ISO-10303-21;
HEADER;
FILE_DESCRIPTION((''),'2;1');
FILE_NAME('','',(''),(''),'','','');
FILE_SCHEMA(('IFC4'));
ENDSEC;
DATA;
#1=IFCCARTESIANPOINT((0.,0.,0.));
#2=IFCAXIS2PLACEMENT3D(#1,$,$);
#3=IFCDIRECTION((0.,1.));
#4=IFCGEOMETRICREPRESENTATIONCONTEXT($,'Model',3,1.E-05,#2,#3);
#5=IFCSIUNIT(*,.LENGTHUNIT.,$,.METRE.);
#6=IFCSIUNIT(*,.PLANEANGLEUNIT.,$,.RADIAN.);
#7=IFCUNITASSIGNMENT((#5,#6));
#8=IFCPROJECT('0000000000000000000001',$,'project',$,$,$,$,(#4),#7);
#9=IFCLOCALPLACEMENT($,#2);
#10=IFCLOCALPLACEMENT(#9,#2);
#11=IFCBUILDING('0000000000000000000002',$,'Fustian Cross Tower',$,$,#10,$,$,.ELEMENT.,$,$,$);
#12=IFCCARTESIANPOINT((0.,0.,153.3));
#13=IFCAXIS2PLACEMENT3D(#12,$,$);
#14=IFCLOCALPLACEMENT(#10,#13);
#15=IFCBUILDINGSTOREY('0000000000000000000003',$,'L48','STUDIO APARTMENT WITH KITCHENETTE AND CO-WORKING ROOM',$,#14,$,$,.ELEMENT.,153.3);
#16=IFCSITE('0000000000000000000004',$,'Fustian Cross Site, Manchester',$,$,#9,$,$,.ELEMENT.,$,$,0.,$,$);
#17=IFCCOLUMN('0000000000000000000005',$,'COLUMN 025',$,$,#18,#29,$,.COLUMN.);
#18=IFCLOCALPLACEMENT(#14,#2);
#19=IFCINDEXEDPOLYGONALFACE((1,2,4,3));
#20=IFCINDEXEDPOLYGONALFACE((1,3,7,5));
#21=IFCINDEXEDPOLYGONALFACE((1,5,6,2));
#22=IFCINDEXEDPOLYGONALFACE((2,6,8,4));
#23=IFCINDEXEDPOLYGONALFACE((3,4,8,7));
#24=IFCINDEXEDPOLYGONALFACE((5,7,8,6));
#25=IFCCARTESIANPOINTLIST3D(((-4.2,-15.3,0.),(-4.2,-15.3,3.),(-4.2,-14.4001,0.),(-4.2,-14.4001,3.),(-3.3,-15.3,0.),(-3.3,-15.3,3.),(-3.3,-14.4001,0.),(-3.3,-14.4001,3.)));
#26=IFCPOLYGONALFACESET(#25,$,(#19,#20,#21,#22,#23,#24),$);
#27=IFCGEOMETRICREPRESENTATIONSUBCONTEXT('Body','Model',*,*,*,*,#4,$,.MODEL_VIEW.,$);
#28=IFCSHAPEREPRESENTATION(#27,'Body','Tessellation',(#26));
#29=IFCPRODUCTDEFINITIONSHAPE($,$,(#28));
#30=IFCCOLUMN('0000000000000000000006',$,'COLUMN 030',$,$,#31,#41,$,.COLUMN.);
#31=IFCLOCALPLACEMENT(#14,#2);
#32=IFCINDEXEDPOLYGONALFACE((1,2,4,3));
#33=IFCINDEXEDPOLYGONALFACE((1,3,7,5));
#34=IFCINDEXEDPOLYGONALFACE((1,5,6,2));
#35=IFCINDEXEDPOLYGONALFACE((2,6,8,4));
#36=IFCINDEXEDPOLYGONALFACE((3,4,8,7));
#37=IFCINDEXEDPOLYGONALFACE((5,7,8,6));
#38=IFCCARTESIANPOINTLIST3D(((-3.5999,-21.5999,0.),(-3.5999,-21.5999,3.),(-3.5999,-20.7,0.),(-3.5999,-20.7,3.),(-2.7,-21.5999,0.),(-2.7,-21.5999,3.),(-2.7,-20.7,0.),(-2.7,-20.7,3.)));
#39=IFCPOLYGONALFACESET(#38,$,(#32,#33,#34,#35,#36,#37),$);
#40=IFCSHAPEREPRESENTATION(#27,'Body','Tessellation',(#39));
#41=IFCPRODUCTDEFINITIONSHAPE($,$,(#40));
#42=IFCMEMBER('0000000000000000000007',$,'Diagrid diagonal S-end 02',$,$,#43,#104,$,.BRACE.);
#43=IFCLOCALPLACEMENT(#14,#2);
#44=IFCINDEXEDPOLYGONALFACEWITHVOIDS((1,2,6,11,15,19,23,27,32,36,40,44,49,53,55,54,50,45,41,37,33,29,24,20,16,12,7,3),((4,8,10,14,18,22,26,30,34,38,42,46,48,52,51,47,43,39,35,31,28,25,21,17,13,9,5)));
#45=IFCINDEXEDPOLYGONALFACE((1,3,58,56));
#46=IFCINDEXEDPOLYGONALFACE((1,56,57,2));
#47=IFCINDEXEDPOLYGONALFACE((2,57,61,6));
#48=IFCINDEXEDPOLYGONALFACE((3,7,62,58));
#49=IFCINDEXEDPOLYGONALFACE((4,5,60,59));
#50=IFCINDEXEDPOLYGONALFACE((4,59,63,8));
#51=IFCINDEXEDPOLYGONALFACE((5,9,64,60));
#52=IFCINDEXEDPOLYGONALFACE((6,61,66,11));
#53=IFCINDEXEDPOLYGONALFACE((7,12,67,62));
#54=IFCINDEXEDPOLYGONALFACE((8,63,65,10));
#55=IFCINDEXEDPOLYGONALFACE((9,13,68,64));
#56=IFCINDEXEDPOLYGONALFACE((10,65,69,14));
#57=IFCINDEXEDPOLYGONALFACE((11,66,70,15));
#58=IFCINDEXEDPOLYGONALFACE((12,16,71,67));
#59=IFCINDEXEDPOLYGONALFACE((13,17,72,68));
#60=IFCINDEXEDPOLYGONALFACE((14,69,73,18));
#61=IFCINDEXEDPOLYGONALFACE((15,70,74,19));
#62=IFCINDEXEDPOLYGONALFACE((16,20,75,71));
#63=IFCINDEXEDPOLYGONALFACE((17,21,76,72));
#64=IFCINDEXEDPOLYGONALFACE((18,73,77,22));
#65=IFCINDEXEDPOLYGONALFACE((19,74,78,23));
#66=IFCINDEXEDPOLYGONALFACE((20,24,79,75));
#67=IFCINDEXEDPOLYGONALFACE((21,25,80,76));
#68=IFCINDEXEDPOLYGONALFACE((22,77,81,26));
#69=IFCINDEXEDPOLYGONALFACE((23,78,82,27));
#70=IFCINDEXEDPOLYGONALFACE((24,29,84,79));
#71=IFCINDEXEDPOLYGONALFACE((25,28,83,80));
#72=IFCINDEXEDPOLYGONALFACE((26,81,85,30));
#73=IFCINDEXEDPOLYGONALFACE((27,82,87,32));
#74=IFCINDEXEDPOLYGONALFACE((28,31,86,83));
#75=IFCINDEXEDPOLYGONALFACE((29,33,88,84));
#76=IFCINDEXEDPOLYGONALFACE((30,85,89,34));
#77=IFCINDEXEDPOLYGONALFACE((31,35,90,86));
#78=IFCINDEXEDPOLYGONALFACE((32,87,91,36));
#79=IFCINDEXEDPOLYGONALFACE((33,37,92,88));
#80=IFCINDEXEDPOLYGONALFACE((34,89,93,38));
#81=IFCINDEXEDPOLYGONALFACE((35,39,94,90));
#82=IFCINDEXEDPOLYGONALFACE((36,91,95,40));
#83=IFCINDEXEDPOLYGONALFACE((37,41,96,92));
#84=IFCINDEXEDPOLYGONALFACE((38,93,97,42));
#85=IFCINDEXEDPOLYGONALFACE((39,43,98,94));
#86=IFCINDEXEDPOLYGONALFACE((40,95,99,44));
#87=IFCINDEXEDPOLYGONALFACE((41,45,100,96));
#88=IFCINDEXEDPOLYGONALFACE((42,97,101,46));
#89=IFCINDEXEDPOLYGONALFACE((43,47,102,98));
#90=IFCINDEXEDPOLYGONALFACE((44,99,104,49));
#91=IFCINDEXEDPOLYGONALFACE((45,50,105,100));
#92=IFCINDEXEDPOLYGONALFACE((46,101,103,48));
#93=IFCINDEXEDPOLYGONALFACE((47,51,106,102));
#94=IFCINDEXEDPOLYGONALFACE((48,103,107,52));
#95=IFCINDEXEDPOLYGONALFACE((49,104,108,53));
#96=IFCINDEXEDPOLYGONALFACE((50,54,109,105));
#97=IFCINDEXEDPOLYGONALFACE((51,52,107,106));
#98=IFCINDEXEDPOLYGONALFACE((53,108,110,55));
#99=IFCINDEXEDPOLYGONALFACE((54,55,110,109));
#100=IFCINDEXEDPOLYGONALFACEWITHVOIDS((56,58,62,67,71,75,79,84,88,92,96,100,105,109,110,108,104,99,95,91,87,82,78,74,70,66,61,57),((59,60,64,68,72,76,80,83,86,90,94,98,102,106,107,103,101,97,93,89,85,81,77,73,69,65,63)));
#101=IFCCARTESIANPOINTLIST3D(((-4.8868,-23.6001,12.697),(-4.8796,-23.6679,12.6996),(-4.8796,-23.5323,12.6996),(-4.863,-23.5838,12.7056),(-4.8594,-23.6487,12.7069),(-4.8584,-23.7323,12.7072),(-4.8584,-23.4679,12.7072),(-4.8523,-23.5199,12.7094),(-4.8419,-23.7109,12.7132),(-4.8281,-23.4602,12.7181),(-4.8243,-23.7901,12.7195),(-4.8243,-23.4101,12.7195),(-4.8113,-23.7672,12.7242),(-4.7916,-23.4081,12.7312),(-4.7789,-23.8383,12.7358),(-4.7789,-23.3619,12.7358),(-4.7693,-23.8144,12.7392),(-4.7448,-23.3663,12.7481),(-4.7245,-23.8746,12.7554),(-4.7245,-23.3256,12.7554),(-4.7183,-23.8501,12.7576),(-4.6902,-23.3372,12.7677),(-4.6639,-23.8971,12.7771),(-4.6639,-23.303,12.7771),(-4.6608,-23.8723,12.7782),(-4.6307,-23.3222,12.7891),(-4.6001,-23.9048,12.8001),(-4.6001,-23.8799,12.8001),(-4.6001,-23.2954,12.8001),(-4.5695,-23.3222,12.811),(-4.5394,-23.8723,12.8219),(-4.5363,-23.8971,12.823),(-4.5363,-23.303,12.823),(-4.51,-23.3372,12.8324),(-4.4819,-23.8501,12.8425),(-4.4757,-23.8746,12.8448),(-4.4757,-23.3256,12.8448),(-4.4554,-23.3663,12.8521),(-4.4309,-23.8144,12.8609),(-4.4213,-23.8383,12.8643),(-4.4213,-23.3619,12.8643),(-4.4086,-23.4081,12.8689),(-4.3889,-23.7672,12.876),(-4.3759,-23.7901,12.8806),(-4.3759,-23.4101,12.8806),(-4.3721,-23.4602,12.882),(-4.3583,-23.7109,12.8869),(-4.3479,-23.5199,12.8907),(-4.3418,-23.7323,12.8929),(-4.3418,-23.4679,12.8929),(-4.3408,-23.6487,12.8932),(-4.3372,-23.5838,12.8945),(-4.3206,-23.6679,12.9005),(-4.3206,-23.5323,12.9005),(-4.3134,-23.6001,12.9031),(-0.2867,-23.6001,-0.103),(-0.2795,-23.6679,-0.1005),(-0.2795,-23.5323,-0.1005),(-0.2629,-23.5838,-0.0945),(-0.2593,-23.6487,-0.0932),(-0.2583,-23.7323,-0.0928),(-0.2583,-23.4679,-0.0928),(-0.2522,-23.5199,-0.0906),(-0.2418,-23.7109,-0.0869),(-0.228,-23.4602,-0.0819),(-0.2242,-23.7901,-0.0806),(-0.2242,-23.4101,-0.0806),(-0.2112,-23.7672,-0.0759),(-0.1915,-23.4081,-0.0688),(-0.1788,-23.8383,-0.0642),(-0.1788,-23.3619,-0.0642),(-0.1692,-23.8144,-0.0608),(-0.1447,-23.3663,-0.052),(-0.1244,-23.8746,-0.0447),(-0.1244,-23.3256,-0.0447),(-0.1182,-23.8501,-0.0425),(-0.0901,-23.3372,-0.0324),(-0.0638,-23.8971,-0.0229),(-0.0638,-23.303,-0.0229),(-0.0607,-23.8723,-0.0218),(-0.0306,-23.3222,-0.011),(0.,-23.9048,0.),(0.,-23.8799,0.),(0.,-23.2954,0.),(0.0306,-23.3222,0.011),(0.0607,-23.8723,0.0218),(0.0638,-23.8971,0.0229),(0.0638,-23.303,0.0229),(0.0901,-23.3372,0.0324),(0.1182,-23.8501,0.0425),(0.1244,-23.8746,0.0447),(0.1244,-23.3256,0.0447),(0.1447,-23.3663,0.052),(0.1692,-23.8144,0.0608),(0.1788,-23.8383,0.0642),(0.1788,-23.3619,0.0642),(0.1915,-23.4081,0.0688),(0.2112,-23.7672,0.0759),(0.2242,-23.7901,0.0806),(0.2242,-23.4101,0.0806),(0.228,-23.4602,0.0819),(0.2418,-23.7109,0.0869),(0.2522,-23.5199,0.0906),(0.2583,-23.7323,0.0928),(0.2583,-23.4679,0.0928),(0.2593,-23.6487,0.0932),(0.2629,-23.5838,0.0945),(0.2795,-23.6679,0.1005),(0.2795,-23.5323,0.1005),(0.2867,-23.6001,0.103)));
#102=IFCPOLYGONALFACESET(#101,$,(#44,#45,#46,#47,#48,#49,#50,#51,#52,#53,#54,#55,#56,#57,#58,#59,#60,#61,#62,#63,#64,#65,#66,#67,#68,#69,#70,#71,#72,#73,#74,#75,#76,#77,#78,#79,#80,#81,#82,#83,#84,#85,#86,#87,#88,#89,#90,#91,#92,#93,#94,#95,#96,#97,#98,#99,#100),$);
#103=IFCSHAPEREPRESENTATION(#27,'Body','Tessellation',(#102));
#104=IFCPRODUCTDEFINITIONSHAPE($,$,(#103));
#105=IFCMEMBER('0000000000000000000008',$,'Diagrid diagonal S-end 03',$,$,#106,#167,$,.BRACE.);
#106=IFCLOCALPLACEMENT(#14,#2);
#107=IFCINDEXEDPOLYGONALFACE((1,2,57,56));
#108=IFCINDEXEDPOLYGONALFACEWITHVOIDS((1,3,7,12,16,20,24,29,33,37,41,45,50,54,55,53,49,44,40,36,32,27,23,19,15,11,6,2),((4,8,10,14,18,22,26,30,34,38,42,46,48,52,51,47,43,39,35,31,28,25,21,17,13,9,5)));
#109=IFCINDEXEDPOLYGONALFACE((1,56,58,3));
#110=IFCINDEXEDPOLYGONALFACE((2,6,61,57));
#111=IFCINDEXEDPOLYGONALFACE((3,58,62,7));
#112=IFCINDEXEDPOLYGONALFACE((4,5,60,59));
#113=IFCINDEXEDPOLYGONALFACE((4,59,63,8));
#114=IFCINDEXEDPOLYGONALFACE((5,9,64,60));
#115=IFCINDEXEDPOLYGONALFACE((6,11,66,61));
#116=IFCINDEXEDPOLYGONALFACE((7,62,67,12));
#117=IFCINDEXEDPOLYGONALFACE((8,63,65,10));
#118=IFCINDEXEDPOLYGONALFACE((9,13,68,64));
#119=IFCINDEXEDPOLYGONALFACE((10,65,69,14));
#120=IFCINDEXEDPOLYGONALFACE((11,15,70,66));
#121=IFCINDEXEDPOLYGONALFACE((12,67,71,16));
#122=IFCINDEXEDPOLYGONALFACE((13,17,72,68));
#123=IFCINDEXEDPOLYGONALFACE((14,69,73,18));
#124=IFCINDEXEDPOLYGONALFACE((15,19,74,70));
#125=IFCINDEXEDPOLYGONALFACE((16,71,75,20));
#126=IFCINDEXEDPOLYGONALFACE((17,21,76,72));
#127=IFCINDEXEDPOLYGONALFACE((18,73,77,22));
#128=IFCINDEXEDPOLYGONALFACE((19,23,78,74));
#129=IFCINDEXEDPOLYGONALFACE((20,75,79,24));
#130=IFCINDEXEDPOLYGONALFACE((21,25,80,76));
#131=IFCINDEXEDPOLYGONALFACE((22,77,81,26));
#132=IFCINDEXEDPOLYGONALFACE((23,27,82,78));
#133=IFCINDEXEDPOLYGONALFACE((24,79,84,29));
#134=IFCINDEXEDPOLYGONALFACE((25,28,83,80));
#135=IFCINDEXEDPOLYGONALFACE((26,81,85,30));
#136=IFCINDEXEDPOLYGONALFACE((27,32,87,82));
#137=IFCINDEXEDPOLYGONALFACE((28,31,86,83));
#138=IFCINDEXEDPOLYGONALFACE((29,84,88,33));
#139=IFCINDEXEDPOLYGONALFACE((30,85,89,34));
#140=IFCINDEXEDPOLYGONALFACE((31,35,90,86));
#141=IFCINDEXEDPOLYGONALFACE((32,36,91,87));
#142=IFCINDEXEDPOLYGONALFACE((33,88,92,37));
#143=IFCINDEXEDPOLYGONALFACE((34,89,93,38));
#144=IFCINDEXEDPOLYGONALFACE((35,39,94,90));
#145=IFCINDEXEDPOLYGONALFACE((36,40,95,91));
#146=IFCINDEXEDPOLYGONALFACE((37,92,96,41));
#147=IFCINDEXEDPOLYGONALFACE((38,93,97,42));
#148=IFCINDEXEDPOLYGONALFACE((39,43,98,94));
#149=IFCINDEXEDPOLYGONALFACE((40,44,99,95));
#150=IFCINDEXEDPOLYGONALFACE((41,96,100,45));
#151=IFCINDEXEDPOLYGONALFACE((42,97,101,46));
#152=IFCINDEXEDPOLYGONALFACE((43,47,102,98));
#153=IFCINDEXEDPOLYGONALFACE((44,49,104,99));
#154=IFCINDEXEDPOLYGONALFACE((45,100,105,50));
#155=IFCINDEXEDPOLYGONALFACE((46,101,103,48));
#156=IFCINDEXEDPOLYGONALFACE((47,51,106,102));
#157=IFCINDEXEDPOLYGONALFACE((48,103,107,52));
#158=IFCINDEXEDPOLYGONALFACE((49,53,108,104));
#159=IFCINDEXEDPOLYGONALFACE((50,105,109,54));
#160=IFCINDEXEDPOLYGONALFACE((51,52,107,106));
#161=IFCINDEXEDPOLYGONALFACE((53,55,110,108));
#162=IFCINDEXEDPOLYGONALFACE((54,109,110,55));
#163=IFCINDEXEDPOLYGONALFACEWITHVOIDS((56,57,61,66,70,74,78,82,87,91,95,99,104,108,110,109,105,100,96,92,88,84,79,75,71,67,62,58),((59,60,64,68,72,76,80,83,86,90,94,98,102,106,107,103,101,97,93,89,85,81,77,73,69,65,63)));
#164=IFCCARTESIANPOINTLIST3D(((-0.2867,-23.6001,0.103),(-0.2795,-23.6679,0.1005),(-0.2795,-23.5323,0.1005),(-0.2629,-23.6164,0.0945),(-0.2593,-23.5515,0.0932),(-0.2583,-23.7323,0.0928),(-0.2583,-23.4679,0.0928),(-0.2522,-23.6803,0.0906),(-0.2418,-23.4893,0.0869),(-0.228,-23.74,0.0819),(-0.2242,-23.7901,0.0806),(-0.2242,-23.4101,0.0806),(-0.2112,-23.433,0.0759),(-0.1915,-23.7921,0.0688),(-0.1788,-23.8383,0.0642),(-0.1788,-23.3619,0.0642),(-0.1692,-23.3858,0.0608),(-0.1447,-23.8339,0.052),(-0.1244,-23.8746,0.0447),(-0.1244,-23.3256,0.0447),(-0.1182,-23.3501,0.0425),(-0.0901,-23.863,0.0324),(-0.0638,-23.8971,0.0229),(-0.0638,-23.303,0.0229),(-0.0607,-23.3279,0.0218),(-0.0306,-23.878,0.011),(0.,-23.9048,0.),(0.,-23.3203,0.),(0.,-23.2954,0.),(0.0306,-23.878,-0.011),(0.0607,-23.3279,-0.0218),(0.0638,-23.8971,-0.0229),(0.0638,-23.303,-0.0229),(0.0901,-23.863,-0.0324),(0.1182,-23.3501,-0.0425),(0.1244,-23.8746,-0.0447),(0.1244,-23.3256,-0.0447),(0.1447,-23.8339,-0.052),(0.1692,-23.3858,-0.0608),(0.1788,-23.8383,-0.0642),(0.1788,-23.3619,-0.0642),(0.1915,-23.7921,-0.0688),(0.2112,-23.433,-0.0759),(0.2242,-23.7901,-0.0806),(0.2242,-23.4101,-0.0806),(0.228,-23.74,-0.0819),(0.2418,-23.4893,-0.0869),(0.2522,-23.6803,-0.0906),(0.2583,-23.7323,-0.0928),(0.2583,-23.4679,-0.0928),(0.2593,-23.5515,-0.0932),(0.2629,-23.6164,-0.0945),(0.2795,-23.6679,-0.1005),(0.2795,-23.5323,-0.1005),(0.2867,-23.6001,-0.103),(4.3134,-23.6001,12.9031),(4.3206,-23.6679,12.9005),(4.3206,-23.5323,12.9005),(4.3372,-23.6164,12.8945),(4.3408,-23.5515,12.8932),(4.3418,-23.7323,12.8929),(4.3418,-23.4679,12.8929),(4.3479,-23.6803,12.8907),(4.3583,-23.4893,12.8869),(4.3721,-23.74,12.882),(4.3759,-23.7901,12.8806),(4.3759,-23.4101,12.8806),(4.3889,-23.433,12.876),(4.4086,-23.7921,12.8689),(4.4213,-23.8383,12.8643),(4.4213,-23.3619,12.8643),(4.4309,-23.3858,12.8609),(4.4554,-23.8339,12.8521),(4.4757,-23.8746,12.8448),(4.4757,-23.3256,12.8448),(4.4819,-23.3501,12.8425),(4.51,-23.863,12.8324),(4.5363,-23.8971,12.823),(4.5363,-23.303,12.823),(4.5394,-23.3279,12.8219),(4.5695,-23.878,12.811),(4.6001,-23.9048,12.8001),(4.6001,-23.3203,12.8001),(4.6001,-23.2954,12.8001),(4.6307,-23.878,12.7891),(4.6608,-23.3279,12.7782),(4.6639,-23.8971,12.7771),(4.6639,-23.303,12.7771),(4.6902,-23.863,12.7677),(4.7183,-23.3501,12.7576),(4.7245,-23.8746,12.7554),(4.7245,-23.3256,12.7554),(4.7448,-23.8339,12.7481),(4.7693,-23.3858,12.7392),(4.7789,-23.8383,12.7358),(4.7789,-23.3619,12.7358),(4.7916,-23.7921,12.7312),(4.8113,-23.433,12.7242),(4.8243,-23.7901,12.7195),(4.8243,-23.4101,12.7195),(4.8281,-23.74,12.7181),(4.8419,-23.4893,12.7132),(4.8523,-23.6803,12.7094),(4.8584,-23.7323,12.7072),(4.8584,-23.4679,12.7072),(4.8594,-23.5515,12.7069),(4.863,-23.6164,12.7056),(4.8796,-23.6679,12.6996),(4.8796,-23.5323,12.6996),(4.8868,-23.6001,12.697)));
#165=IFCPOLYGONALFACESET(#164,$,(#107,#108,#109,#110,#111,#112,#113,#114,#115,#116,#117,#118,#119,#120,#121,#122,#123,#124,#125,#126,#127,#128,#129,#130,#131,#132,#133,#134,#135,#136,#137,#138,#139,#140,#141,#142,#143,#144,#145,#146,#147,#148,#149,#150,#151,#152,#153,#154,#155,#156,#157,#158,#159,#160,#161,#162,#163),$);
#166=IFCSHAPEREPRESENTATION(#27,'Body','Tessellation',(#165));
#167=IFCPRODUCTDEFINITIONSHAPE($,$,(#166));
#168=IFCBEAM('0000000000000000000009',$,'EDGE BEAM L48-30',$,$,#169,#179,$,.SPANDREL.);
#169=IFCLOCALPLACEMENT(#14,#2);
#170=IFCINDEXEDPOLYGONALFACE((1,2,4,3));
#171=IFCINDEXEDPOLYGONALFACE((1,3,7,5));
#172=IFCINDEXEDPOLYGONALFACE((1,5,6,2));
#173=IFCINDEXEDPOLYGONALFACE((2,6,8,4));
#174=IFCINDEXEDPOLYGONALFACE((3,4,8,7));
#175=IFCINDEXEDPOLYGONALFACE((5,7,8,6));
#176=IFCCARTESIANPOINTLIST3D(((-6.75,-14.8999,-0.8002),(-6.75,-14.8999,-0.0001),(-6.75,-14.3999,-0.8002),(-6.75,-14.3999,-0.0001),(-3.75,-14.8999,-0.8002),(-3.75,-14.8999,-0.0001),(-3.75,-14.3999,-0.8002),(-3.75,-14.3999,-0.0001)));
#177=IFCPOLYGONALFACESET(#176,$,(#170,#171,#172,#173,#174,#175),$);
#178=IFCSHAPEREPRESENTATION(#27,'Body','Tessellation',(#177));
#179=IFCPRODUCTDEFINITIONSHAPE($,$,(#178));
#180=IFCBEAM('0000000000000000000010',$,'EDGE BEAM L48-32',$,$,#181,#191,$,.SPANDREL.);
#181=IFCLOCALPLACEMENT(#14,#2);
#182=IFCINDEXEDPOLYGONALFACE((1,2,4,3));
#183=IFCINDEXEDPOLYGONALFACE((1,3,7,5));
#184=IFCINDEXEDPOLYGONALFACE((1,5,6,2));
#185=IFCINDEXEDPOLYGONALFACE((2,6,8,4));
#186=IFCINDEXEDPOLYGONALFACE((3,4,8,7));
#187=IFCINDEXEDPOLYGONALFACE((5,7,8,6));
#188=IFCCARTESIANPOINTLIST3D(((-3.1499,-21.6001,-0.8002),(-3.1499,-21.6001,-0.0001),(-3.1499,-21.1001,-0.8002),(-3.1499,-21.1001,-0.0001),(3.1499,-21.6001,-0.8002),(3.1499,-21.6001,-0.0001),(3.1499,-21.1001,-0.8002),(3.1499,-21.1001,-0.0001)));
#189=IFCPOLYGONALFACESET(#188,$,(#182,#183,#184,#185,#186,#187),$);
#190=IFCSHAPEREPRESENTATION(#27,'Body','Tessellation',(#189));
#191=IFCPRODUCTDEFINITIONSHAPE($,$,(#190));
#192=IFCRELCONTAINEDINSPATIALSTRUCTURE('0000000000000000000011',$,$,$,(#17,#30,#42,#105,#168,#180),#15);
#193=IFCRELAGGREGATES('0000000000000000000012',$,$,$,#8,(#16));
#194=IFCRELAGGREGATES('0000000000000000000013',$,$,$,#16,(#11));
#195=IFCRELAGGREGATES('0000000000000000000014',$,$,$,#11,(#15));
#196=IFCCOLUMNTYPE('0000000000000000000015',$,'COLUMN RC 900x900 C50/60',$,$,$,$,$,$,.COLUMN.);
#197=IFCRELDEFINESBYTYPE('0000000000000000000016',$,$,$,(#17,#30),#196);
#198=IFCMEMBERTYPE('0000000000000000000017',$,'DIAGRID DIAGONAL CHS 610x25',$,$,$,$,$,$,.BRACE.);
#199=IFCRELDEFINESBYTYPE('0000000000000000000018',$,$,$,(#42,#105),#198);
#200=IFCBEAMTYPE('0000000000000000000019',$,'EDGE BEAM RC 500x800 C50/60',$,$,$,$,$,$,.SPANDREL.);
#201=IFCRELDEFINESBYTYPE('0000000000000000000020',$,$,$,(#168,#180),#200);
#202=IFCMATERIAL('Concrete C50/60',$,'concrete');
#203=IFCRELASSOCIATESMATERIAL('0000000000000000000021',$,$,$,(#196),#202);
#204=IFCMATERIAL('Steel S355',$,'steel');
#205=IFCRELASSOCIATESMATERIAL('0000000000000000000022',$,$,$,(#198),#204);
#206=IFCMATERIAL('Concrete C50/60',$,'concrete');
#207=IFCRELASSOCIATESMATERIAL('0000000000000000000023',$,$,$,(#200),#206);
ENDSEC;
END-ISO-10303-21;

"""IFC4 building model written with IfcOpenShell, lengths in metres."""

from ifc_helpers import new_model, si_unit, direction, frame, origin, origin_2d, place, context, subcontext, project, spatial, rectangle, hollow_circle, extrude, material, material_profile, profile_set, type_object, element, save


model = new_model("IFC4")

# Units and contexts
model_context = context("Model", 3, precision=1e-05, world=origin(), true_north=direction((0.0, 1.0)))
body_context = subcontext(model_context, "Body", "Model", "MODEL_VIEW")
ifc_project = project(units=[si_unit("LENGTHUNIT", "METRE"), si_unit("PLANEANGLEUNIT", "RADIAN")], contexts=[model_context])

# Site, building, storey
site_placement = place(None, origin())
site = spatial("IfcSite", under=ifc_project, at=site_placement, Name="Fustian Cross Site, Manchester", CompositionType="ELEMENT", RefElevation=0.0)
building_placement = place(site_placement, origin())
building = spatial("IfcBuilding", under=site, at=building_placement, Name="Fustian Cross Tower", CompositionType="ELEMENT")
storey_placement = place(building_placement, frame((0.0, 0.0, 153.3)))
storey = spatial("IfcBuildingStorey", under=building, at=storey_placement, Name="L48", Description="STUDIO APARTMENT WITH KITCHENETTE AND CO-WORKING ROOM", CompositionType="ELEMENT", Elevation=153.3)

# Columns
ifc_material_1 = material(Name="Concrete C50/60", Category="concrete")
ifc_material_profile_1 = material_profile(ifc_material_1, rectangle(XDim=0.8999, YDim=0.8999, at=origin_2d()), Name="RC 900x900")
ifc_profile_set_1 = profile_set([ifc_material_profile_1], Name="Concrete C50/60")
column_type = type_object("IfcColumnType", Name="COLUMN RC 900x900 C50/60", PredefinedType="COLUMN", material=ifc_profile_set_1)
for number, where, z_axis, x_axis, name in (
    (1, (-3.75, -14.8501, 0.0), (0.0, 0.0, 1.0), (1.0, 0.0, 0.0), "COLUMN 025"),
    (2, (-3.1499, -21.1499, 0.0), (0.0, 0.0, 1.0), (1.0, 0.0, 0.0), "COLUMN 030"),
):
    element("IfcColumn", number, at=place(storey_placement, frame(where, z_axis=z_axis, x_axis=x_axis)), inside=storey, type_object=column_type, Name=name, PredefinedType="COLUMN", context=body_context, shape_type="SweptSolid", body=[
        extrude(rectangle(XDim=0.8999, YDim=0.8999, at=origin_2d()), origin(), (0.0, 0.0, 1.0), 3.0),
    ])

# Members
ifc_material_2 = material(Name="Steel S355", Category="steel")
ifc_material_profile_2 = material_profile(ifc_material_2, hollow_circle(Radius=0.3047, WallThickness=0.0249, at=origin_2d()), Name="CHS 610x25")
ifc_profile_set_2 = profile_set([ifc_material_profile_2], Name="Steel S355")
member_type = type_object("IfcMemberType", Name="DIAGRID DIAGONAL CHS 610x25", PredefinedType="BRACE", material=ifc_profile_set_2)
for number, where, z_axis, x_axis, name in (
    (3, (0.0, -23.6001, 0.0), (-0.338204, 0.0, 0.941073), (0.0, -1.0, 0.0), "Diagrid diagonal S-end 02"),
    (4, (0.0, -23.6001, 0.0), (0.338204, 0.0, 0.941073), (0.0, 1.0, 0.0), "Diagrid diagonal S-end 03"),
):
    element("IfcMember", number, at=place(storey_placement, frame(where, z_axis=z_axis, x_axis=x_axis)), inside=storey, type_object=member_type, Name=name, PredefinedType="BRACE", context=body_context, shape_type="SweptSolid", body=[
        extrude(hollow_circle(Radius=0.3047, WallThickness=0.0249, at=origin_2d()), origin(), (0.0, 0.0, 1.0), 13.6016),
    ])

# Beams
ifc_material_3 = material(Name="Concrete C50/60", Category="concrete")
ifc_material_profile_3 = material_profile(ifc_material_3, rectangle(XDim=0.5, YDim=0.8, at=origin_2d()), Name="RC 500x800")
ifc_profile_set_3 = profile_set([ifc_material_profile_3], Name="Concrete C50/60")
beam_type = type_object("IfcBeamType", Name="EDGE BEAM RC 500x800 C50/60", PredefinedType="SPANDREL", material=ifc_profile_set_3)
beam_1_placement = place(storey_placement, frame((-3.75, -14.6499, -0.4001), z_axis=(-1.0, 0.0, 0.0), x_axis=(0.0, -1.0, 0.0)))
element("IfcBeam", 5, at=beam_1_placement, inside=storey, type_object=beam_type, Name="EDGE BEAM L48-30", PredefinedType="SPANDREL", context=body_context, shape_type="SweptSolid", body=[
    extrude(rectangle(XDim=0.5, YDim=0.8, at=origin_2d()), origin(), (0.0, 0.0, 1.0), 3.0),
])
beam_2_placement = place(storey_placement, frame((-3.1499, -21.3501, -0.4001), z_axis=(1.0, 0.0, 0.0), x_axis=(0.0, 1.0, 0.0)))
element("IfcBeam", 6, at=beam_2_placement, inside=storey, type_object=beam_type, Name="EDGE BEAM L48-32", PredefinedType="SPANDREL", context=body_context, shape_type="SweptSolid", body=[
    extrude(rectangle(XDim=0.5, YDim=0.8, at=origin_2d()), origin(), (0.0, 0.0, 1.0), 6.2998),
])

save(model, "model.ifc")
